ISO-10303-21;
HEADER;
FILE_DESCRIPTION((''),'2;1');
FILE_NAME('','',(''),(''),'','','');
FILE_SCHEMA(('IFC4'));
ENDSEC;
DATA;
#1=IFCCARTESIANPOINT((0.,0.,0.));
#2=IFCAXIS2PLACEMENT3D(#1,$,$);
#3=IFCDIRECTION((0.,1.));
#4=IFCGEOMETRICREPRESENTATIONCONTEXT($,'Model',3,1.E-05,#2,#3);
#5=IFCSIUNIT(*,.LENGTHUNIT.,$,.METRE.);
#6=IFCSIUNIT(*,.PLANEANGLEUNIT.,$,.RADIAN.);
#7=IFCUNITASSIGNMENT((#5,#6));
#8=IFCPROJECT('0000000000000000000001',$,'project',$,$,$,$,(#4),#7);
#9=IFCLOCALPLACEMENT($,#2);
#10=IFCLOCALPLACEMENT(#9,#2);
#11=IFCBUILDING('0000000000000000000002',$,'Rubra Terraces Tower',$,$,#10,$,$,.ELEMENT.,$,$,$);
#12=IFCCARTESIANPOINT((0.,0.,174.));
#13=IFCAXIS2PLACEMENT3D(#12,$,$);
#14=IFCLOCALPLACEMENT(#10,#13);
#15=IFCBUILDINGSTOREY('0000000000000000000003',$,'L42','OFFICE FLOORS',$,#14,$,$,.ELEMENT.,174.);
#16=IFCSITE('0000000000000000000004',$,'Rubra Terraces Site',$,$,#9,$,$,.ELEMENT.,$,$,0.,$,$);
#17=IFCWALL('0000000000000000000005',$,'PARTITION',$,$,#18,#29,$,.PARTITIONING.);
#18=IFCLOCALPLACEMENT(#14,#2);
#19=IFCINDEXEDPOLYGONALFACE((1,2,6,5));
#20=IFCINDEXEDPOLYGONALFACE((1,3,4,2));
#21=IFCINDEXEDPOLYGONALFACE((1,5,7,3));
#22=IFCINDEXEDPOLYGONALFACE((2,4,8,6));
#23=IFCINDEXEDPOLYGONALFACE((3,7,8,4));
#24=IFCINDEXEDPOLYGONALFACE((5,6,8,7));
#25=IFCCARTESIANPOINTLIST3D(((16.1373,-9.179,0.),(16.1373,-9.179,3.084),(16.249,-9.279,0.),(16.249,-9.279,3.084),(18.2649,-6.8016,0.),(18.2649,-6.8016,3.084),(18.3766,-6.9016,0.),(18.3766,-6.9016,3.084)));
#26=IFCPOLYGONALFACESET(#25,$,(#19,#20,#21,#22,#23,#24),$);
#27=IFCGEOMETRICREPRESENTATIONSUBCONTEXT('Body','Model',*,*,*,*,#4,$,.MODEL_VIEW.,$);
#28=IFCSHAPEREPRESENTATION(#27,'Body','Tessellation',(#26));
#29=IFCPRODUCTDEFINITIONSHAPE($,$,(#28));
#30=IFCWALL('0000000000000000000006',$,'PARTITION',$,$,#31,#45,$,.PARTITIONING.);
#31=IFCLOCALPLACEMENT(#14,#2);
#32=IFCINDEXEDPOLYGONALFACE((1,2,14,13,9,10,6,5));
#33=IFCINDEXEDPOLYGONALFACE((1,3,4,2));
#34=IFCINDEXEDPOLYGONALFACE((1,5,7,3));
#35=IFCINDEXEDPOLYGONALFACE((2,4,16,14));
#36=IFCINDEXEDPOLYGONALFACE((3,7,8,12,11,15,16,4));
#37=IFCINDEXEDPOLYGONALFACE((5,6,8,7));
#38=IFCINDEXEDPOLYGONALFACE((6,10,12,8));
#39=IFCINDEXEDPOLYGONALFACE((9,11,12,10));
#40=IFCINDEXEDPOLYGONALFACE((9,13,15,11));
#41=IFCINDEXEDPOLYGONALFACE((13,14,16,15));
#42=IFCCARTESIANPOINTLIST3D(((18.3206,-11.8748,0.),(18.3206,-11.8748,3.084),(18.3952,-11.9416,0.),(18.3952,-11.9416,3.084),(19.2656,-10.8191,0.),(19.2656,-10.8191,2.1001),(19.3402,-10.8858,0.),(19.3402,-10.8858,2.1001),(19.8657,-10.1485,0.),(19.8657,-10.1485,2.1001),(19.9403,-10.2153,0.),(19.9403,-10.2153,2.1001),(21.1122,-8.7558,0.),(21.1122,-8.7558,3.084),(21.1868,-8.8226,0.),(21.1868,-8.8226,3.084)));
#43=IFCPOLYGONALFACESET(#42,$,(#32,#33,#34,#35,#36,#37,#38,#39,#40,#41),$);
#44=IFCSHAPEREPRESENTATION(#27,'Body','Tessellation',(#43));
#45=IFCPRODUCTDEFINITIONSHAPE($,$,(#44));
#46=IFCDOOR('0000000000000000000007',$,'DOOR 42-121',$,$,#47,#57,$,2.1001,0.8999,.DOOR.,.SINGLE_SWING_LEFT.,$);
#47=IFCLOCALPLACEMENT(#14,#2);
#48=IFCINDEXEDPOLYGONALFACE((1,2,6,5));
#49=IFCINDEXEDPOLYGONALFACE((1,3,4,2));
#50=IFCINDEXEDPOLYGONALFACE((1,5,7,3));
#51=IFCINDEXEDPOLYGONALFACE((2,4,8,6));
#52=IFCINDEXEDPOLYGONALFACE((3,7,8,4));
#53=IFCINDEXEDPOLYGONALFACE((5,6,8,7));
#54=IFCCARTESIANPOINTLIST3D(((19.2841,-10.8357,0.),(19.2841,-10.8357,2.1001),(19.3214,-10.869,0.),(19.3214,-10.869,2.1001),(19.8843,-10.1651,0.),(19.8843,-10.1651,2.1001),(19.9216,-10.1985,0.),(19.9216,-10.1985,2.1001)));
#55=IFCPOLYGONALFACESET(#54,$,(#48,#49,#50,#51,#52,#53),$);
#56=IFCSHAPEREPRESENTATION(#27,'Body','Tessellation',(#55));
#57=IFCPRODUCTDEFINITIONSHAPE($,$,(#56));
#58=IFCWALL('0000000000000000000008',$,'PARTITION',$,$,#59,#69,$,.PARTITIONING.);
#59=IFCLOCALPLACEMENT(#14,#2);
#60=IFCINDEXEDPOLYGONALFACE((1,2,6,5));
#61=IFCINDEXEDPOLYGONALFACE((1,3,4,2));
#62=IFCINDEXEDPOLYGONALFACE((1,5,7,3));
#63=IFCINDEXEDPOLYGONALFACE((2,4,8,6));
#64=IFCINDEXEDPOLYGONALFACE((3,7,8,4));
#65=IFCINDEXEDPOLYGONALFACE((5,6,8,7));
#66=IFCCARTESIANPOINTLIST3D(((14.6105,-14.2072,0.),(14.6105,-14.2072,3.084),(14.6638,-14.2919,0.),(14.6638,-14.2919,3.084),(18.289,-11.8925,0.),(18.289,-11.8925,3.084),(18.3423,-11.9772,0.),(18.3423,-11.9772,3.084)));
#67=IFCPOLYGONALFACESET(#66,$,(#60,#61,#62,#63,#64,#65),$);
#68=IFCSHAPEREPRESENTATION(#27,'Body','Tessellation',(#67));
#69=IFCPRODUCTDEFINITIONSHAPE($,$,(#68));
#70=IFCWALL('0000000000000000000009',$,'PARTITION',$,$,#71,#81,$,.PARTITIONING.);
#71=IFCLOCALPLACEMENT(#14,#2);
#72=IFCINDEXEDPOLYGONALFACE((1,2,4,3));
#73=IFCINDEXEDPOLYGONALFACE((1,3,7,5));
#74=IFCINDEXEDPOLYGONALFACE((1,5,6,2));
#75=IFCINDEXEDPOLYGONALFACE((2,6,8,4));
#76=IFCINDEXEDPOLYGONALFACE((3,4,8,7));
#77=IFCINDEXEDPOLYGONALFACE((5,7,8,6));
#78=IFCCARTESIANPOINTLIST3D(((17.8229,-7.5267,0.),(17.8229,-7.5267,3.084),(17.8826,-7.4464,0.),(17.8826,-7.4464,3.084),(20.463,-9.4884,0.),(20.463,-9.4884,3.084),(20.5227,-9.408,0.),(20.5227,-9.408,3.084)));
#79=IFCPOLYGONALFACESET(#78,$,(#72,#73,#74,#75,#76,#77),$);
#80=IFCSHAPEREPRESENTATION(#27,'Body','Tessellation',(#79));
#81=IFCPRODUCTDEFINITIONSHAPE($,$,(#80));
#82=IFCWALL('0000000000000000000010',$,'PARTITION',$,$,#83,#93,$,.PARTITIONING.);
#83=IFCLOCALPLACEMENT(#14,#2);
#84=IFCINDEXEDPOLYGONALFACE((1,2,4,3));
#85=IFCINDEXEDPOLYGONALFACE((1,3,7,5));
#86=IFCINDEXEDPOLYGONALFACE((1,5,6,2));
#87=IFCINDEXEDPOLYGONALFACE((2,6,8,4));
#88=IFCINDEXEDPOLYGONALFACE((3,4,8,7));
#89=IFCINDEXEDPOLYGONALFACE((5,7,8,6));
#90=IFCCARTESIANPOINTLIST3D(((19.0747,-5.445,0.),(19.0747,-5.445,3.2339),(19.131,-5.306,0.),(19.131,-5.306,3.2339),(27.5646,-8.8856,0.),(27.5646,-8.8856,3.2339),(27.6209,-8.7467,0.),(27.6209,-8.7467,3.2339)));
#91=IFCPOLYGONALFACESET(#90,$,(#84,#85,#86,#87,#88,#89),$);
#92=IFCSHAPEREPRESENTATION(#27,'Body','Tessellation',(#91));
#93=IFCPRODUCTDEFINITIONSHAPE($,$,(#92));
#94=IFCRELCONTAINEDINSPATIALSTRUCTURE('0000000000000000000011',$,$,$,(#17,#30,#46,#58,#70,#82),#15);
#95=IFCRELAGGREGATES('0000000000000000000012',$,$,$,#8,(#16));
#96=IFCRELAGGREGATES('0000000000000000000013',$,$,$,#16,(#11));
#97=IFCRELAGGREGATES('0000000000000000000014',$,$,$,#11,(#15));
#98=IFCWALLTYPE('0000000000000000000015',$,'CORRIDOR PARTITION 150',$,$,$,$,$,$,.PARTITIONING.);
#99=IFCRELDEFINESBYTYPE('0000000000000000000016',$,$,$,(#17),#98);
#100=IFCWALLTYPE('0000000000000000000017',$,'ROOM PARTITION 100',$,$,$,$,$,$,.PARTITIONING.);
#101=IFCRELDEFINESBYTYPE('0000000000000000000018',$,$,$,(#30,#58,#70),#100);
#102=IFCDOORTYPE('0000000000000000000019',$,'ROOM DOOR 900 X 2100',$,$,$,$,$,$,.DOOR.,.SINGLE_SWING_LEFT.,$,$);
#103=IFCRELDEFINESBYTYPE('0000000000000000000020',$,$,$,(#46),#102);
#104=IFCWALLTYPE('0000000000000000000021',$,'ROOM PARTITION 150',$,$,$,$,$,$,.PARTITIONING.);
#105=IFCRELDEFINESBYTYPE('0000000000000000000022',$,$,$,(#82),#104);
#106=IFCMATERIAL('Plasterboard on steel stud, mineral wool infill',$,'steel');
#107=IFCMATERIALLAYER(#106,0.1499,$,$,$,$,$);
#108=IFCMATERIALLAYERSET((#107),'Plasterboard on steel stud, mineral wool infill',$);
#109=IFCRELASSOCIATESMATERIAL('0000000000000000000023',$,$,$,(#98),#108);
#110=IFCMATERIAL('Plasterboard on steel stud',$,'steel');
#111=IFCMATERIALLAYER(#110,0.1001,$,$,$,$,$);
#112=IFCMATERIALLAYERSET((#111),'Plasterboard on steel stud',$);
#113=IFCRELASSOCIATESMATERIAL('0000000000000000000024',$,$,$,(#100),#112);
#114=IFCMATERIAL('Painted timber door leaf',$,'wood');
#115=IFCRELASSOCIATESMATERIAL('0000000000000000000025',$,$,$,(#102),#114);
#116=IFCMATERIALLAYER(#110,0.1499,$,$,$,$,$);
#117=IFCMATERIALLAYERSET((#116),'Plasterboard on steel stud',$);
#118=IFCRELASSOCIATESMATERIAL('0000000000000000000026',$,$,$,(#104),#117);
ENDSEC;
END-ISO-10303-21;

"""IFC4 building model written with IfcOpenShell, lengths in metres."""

from ifc_helpers import new_model, si_unit, direction, frame, frame_2d, origin, place, context, subcontext, project, spatial, rectangle, extrude, material, layer, layer_set, type_object, element, fill, save


model = new_model("IFC4")

# Units and contexts
model_context = context("Model", 3, precision=1e-05, world=origin(), true_north=direction((0.0, 1.0)))
body_context = subcontext(model_context, "Body", "Model", "MODEL_VIEW")
ifc_project = project(units=[si_unit("LENGTHUNIT", "METRE"), si_unit("PLANEANGLEUNIT", "RADIAN")], contexts=[model_context])

# Site, building, storey
site_placement = place(None, origin())
site = spatial("IfcSite", under=ifc_project, at=site_placement, Name="Rubra Terraces Site", CompositionType="ELEMENT", RefElevation=0.0)
building_placement = place(site_placement, origin())
building = spatial("IfcBuilding", under=site, at=building_placement, Name="Rubra Terraces Tower", CompositionType="ELEMENT")
storey_placement = place(building_placement, frame((0.0, 0.0, 174.0)))
storey = spatial("IfcBuildingStorey", under=building, at=storey_placement, Name="L42", Description="OFFICE FLOORS", CompositionType="ELEMENT", Elevation=174.0)

# Wall
ifc_material_1 = material(Name="Plasterboard on steel stud, mineral wool infill", Category="steel")
ifc_layer_1 = layer(ifc_material_1, 0.1499)
ifc_layer_set_1 = layer_set([ifc_layer_1], Name="Plasterboard on steel stud, mineral wool infill")
wall_type_1 = type_object("IfcWallType", Name="CORRIDOR PARTITION 150", PredefinedType="PARTITIONING", material=ifc_layer_set_1)
wall_1_placement = place(storey_placement, frame((16.1931, -9.229, 0.0), z_axis=(0.0, 0.0, 1.0), x_axis=(0.666882, 0.745163, 0.0)))
element("IfcWall", 1, at=wall_1_placement, inside=storey, type_object=wall_type_1, Name="PARTITION", PredefinedType="PARTITIONING", context=body_context, shape_type="SweptSolid", body=[
    extrude(rectangle(XDim=3.1904, YDim=0.1499, at=frame_2d((1.5952, 0.0))), origin(), (0.0, 0.0, 1.0), 3.084),
])

# Wall, opening, door
ifc_material_2 = material(Name="Plasterboard on steel stud", Category="steel")
ifc_layer_2 = layer(ifc_material_2, 0.1001)
ifc_layer_set_2 = layer_set([ifc_layer_2], Name="Plasterboard on steel stud")
wall_type_2 = type_object("IfcWallType", Name="ROOM PARTITION 100", PredefinedType="PARTITIONING", material=ifc_layer_set_2)
wall_2_placement = place(storey_placement, frame((21.1494, -8.7893, 0.0), z_axis=(0.0, 0.0, 1.0), x_axis=(-0.666916, -0.745133, 0.0)))
wall_2 = element("IfcWall", 2, at=wall_2_placement, inside=storey, type_object=wall_type_2, Name="PARTITION", PredefinedType="PARTITIONING", context=body_context, shape_type="SweptSolid", body=[
    extrude(rectangle(XDim=4.1858, YDim=0.1001, at=frame_2d((2.0928, 0.0))), origin(), (0.0, 0.0, 1.0), 3.084),
])
opening_1_placement = place(wall_2_placement, frame((1.8689, 0.0, 0.0)))
opening_1 = element("IfcOpeningElement", 3, at=opening_1_placement, cuts=wall_2, PredefinedType="OPENING", context=body_context, shape_type="SweptSolid", body=[
    extrude(rectangle(XDim=0.8999, YDim=2.1001, at=frame_2d((0.45, 1.05))), frame((0.0, 0.0601, 0.0), z_axis=(0.0, -1.0, 0.0), x_axis=(1.0, 0.0, 0.0)), (0.0, 0.0, 1.0), 0.1201),
])
ifc_material_3 = material(Name="Painted timber door leaf", Category="wood")
door_type = type_object("IfcDoorType", Name="ROOM DOOR 900 X 2100", OperationType="SINGLE_SWING_LEFT", PredefinedType="DOOR", material=ifc_material_3)
door_placement = place(opening_1_placement, origin())
door = element("IfcDoor", 4, at=door_placement, inside=storey, type_object=door_type, Name="DOOR 42-121", OperationType="SINGLE_SWING_LEFT", OverallHeight=2.1001, OverallWidth=0.8999, PredefinedType="DOOR", context=body_context, shape_type="SweptSolid", body=[
    extrude(rectangle(XDim=0.8999, YDim=2.1001, at=frame_2d((0.45, 1.05))), frame((0.0, 0.0249, 0.0), z_axis=(0.0, -1.0, 0.0), x_axis=(1.0, 0.0, 0.0)), (0.0, 0.0, 1.0), 0.05),
])
fill(opening_1, door)

# Walls
wall_3_placement = place(storey_placement, frame((18.3157, -11.9348, 0.0), z_axis=(0.0, 0.0, 1.0), x_axis=(-0.846375, -0.532587, 0.0)))
element("IfcWall", 5, at=wall_3_placement, inside=storey, type_object=wall_type_2, Name="PARTITION", PredefinedType="PARTITIONING", context=body_context, shape_type="SweptSolid", body=[
    extrude(rectangle(XDim=4.3462, YDim=0.1001, at=frame_2d((2.1731, 0.0))), origin(), (0.0, 0.0, 1.0), 3.084),
])
wall_4_placement = place(storey_placement, frame((17.8528, -7.4866, 0.0), z_axis=(0.0, 0.0, 1.0), x_axis=(0.802682, -0.596407, 0.0)))
element("IfcWall", 6, at=wall_4_placement, inside=storey, type_object=wall_type_2, Name="PARTITION", PredefinedType="PARTITIONING", context=body_context, shape_type="SweptSolid", body=[
    extrude(rectangle(XDim=3.2891, YDim=0.1001, at=frame_2d((1.6445, 0.0))), origin(), (0.0, 0.0, 1.0), 3.084),
])
ifc_layer_3 = layer(ifc_material_2, 0.1499)
ifc_layer_set_3 = layer_set([ifc_layer_3], Name="Plasterboard on steel stud")
wall_type_3 = type_object("IfcWallType", Name="ROOM PARTITION 150", PredefinedType="PARTITIONING", material=ifc_layer_set_3)
wall_5_placement = place(storey_placement, frame((27.5928, -8.8162, 0.0), z_axis=(0.0, 0.0, 1.0), x_axis=(-0.926785, 0.375591, 0.0)))
element("IfcWall", 7, at=wall_5_placement, inside=storey, type_object=wall_type_3, Name="PARTITION", PredefinedType="PARTITIONING", context=body_context, shape_type="SweptSolid", body=[
    extrude(rectangle(XDim=9.1606, YDim=0.1499, at=frame_2d((4.5803, 0.0))), origin(), (0.0, 0.0, 1.0), 3.2339),
])

save(model, "model.ifc")
